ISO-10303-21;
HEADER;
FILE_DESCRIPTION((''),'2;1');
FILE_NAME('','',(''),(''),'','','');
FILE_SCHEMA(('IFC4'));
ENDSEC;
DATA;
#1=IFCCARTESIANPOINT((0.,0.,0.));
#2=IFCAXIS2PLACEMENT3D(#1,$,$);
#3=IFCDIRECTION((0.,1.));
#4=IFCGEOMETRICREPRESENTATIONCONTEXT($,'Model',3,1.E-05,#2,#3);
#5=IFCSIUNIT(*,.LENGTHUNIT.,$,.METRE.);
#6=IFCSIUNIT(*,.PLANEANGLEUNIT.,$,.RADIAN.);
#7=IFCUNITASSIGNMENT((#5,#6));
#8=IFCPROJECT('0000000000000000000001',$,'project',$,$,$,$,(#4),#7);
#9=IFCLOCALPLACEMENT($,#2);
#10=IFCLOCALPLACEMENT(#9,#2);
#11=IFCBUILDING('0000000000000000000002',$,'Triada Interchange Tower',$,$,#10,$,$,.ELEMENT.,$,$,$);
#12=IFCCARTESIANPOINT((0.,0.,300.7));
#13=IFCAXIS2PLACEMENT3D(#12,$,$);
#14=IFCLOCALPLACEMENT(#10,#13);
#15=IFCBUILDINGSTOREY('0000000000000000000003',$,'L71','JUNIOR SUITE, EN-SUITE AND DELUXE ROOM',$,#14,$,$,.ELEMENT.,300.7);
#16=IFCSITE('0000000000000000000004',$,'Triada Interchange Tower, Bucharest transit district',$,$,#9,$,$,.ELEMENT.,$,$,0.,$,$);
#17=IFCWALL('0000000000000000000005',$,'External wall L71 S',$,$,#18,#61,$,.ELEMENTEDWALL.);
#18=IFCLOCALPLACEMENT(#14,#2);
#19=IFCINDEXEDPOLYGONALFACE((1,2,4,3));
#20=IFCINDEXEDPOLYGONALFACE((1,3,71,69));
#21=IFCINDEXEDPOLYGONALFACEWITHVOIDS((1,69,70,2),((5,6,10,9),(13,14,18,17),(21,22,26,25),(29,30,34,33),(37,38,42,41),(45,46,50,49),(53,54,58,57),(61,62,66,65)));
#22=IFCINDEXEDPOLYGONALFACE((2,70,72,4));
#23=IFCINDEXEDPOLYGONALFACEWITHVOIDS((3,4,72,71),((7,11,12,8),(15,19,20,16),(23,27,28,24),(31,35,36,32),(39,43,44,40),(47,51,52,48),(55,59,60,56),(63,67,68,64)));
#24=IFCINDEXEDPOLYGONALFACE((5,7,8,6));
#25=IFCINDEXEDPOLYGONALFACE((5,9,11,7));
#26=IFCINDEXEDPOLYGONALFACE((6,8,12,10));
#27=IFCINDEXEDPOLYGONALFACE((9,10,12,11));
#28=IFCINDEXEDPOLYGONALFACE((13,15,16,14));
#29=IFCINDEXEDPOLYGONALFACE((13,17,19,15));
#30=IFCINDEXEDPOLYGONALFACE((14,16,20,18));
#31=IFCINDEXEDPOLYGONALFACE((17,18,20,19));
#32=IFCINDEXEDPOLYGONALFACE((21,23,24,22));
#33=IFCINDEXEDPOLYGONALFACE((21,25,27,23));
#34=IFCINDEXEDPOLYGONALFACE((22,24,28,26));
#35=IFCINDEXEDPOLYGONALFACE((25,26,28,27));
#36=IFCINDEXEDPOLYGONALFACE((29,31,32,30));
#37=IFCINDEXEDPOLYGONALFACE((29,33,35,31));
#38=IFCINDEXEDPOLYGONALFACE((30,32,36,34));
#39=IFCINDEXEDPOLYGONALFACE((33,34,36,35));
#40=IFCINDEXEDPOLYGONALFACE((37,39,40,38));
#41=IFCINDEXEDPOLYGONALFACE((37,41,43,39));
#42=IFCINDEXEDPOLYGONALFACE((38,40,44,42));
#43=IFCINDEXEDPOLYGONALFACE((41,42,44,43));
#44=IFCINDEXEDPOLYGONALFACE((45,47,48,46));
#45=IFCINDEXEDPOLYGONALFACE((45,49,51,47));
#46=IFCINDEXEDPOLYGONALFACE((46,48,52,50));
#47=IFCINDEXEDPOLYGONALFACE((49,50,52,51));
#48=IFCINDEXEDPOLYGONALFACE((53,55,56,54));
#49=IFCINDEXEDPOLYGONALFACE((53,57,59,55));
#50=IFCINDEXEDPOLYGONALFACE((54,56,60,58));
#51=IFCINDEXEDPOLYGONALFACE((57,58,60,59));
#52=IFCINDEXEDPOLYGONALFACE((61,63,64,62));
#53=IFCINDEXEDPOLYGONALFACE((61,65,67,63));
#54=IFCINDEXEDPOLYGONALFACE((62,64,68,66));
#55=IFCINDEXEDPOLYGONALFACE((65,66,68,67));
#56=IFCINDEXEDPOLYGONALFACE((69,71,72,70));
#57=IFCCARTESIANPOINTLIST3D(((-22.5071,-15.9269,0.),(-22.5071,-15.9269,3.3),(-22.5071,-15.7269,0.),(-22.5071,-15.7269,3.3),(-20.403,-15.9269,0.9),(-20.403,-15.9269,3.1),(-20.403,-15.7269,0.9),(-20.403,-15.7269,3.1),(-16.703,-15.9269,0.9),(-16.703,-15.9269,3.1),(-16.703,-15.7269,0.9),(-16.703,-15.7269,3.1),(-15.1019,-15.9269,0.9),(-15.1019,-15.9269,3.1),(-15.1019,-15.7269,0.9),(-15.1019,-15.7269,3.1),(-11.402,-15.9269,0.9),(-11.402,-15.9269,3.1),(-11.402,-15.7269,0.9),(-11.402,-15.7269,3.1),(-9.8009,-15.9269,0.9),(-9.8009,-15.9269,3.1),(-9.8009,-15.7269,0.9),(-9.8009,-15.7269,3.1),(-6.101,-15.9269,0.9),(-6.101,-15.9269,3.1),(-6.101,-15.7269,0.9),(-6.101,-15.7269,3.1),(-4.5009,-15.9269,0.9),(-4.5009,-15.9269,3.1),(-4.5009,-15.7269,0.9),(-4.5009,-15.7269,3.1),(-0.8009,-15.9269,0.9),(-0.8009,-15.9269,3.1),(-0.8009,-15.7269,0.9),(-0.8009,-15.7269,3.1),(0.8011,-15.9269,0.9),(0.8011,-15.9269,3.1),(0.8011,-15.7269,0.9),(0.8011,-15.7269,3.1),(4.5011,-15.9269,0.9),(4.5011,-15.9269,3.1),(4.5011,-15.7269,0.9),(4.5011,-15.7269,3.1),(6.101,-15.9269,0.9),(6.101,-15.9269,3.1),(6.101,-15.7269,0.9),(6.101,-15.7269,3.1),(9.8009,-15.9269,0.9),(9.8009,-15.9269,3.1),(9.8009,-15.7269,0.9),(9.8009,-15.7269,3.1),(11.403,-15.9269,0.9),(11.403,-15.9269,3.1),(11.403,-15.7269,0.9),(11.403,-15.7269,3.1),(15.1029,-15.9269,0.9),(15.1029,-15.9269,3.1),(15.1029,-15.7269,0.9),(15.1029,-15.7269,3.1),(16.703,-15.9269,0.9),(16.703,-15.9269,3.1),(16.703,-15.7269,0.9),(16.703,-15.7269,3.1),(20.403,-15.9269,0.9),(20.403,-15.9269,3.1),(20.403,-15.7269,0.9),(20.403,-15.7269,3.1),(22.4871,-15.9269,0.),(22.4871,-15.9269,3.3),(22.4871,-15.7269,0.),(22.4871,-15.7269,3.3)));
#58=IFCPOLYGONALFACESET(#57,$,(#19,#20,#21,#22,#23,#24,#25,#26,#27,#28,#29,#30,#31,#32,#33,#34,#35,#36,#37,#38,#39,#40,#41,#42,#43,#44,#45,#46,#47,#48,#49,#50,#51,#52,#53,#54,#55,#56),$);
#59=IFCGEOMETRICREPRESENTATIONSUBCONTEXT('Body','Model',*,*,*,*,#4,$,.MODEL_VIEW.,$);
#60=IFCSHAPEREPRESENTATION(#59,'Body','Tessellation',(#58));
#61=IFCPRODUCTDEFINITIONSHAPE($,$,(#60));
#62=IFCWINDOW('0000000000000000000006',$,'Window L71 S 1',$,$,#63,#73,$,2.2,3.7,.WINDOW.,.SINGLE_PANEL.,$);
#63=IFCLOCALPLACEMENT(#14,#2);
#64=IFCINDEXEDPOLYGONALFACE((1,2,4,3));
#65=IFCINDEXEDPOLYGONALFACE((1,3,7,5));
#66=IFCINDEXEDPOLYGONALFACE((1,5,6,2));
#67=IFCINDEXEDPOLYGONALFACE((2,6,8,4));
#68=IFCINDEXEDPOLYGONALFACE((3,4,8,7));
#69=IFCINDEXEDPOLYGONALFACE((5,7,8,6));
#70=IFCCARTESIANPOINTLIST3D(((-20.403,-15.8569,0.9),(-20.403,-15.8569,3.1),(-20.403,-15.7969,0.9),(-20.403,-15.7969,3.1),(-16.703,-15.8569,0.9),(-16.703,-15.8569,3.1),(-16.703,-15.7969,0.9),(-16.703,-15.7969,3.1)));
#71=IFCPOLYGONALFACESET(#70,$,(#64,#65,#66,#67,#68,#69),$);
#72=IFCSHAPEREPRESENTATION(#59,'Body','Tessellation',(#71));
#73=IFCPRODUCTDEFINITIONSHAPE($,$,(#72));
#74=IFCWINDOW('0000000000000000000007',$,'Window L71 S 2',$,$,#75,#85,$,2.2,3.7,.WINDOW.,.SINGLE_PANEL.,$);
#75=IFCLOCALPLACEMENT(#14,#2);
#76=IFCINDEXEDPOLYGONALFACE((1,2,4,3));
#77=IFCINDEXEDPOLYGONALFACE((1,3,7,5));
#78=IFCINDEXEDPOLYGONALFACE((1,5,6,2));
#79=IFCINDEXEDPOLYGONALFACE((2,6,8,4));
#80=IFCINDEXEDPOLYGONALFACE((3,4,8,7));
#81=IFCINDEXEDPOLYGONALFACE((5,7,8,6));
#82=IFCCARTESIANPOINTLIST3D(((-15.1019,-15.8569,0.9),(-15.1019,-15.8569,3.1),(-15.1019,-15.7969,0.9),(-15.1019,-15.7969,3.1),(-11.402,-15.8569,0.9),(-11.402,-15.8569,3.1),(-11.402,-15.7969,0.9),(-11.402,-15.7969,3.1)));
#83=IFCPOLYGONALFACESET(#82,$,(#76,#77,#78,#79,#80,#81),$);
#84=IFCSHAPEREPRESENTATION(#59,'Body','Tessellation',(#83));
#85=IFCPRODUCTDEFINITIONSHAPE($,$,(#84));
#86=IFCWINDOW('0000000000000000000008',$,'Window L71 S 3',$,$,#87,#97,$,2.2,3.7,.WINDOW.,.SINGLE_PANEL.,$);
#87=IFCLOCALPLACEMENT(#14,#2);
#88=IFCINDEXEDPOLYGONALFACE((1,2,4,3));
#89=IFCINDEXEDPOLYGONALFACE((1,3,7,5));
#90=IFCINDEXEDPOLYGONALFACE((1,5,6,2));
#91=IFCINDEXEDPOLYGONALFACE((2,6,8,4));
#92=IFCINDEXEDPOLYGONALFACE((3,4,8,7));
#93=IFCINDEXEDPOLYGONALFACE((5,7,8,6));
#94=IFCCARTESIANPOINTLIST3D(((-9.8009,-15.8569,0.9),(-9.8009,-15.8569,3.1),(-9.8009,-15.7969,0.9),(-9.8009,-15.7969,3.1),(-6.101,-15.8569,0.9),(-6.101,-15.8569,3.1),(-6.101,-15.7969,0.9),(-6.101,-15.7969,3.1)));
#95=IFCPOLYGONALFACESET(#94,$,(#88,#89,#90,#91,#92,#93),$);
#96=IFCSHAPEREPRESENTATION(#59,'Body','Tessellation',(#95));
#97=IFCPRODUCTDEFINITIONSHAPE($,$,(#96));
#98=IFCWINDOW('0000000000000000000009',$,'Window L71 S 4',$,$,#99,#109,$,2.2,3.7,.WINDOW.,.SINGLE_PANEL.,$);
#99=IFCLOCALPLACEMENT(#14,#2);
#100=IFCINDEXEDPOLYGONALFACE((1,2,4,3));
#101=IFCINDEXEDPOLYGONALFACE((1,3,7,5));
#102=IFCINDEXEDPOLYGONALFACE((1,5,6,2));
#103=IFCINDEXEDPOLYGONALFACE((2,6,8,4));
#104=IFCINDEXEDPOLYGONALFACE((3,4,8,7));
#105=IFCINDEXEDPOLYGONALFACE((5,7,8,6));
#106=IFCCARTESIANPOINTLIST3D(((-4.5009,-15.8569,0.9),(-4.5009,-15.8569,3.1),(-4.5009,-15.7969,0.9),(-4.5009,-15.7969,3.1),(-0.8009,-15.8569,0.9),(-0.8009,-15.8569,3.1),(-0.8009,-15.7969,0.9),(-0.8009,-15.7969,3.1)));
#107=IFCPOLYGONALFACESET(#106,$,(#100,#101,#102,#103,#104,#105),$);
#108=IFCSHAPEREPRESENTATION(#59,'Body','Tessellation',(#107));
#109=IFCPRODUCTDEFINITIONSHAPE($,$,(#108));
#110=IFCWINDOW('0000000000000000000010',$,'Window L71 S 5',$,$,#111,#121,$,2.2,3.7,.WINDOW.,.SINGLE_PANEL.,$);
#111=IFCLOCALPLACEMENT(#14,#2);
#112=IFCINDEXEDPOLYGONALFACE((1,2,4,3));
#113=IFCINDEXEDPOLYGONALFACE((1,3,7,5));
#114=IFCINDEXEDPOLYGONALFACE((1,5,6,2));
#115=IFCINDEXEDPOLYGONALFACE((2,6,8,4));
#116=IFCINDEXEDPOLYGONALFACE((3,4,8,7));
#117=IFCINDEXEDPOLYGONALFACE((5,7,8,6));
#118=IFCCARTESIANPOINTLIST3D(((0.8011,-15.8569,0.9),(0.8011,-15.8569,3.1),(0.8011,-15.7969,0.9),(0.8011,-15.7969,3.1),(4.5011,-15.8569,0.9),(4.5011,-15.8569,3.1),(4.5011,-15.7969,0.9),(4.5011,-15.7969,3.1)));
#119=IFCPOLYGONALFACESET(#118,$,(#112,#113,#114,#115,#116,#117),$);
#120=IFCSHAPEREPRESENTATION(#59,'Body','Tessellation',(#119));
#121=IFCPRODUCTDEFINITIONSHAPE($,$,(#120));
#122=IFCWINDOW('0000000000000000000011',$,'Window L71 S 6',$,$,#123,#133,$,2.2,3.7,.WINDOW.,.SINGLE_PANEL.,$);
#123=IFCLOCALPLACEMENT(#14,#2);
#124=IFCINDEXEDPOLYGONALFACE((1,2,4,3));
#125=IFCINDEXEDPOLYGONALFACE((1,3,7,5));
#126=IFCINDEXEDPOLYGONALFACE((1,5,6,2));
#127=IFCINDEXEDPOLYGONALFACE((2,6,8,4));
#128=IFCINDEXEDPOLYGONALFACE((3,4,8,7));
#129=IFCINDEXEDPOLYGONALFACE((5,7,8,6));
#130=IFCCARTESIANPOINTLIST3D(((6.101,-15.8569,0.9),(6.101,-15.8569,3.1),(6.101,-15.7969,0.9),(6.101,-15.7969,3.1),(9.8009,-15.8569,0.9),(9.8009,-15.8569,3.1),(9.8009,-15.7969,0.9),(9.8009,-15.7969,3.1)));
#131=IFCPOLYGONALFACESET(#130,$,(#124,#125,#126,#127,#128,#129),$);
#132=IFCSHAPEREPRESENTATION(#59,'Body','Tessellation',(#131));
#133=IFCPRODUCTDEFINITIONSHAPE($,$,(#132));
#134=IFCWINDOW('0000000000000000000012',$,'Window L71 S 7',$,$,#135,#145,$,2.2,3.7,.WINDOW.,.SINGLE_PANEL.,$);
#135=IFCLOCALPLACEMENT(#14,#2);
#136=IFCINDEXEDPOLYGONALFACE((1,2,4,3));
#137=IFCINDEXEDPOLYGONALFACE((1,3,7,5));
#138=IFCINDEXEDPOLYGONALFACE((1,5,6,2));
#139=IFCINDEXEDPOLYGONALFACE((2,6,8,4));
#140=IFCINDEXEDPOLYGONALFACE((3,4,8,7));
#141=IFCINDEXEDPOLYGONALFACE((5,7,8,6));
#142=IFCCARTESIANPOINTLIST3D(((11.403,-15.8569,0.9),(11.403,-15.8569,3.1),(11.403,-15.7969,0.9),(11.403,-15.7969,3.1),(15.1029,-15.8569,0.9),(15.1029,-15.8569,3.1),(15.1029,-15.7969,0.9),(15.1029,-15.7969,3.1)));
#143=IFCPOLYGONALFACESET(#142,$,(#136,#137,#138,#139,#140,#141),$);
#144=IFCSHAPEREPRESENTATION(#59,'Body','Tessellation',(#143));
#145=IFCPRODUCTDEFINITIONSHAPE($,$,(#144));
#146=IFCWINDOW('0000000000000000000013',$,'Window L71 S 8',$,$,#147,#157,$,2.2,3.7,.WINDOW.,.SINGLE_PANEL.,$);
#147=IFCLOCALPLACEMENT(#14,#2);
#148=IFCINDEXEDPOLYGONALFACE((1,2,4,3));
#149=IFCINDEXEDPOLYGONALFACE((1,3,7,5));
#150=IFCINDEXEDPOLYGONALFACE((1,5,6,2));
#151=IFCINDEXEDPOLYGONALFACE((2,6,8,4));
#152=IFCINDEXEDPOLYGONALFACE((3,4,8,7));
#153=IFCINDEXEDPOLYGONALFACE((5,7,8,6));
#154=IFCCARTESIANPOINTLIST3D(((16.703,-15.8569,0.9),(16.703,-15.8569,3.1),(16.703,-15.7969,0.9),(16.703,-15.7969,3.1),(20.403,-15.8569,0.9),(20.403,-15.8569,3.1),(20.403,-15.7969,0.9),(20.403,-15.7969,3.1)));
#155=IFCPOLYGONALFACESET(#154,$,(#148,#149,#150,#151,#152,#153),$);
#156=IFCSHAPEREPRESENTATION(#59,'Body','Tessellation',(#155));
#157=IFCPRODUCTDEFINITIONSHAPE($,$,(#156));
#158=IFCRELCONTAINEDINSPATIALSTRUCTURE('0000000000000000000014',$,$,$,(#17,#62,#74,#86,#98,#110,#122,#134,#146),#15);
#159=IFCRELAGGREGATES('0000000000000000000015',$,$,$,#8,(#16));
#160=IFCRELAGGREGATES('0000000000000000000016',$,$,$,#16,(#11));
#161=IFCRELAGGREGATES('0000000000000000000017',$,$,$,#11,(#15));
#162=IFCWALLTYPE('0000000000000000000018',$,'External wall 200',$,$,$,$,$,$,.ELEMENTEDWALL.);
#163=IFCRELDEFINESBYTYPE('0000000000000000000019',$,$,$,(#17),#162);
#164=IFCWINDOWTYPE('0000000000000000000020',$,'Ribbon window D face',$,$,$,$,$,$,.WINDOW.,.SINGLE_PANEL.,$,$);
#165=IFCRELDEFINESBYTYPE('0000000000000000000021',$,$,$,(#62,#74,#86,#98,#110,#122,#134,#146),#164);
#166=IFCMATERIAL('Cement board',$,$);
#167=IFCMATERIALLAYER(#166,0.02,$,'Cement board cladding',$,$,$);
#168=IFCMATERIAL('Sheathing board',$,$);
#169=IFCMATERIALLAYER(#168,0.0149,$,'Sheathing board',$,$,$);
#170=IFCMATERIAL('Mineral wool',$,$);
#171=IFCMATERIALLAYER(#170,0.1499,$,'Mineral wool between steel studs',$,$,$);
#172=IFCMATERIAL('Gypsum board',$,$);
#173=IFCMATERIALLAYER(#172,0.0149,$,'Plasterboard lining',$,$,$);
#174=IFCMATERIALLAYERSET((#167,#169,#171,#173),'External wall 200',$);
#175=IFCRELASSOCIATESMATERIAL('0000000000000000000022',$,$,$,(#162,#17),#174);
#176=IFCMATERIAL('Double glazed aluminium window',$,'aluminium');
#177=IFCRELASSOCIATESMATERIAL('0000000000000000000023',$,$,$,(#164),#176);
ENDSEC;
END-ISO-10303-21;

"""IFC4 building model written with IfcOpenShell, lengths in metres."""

from ifc_helpers import new_model, si_unit, direction, frame, frame_2d, origin, place, context, subcontext, project, spatial, rectangle, extrude, material, layer, layer_set, layer_usage, type_object, element, fill, save


model = new_model("IFC4")

# Units and contexts
model_context = context("Model", 3, precision=1e-05, world=origin(), true_north=direction((0.0, 1.0)))
body_context = subcontext(model_context, "Body", "Model", "MODEL_VIEW")
ifc_project = project(units=[si_unit("LENGTHUNIT", "METRE"), si_unit("PLANEANGLEUNIT", "RADIAN")], contexts=[model_context])

# Site, building, storey
site_placement = place(None, origin())
site = spatial("IfcSite", under=ifc_project, at=site_placement, Name="Triada Interchange Tower, Bucharest transit district", CompositionType="ELEMENT", RefElevation=0.0)
building_placement = place(site_placement, origin())
building = spatial("IfcBuilding", under=site, at=building_placement, Name="Triada Interchange Tower", CompositionType="ELEMENT")
storey_placement = place(building_placement, frame((0.0, 0.0, 300.7)))
storey = spatial("IfcBuildingStorey", under=building, at=storey_placement, Name="L71", Description="JUNIOR SUITE, EN-SUITE AND DELUXE ROOM", CompositionType="ELEMENT", Elevation=300.7)

# Shared definitions
ifc_material_1 = material(Name="Cement board")
ifc_layer_1 = layer(ifc_material_1, 0.02, Name="Cement board cladding")
ifc_material_2 = material(Name="Sheathing board")
ifc_layer_2 = layer(ifc_material_2, 0.0149, Name="Sheathing board")
ifc_material_3 = material(Name="Mineral wool")
ifc_layer_3 = layer(ifc_material_3, 0.1499, Name="Mineral wool between steel studs")
ifc_material_4 = material(Name="Gypsum board")
ifc_layer_4 = layer(ifc_material_4, 0.0149, Name="Plasterboard lining")
ifc_layer_set_1 = layer_set([ifc_layer_1, ifc_layer_2, ifc_layer_3, ifc_layer_4], Name="External wall 200")
ifc_layer_usage = layer_usage(ifc_layer_set_1, "AXIS2", "POSITIVE", -0.1001)
wall_type = type_object("IfcWallType", Name="External wall 200", PredefinedType="ELEMENTEDWALL", material=ifc_layer_set_1)
ifc_material_5 = material(Name="Double glazed aluminium window", Category="aluminium")

# Wall, openings, windows
wall_1_placement = place(storey_placement, frame((-22.5071, -15.8269, 0.0), z_axis=(0.0, 0.0, 1.0), x_axis=(1.0, 0.0, 0.0)))
wall_1 = element("IfcWall", 1, at=wall_1_placement, inside=storey, type_object=wall_type, material=ifc_layer_usage, Name="External wall L71 S", PredefinedType="ELEMENTEDWALL", context=body_context, shape_type="SweptSolid", body=[
    extrude(rectangle(XDim=44.9941, YDim=0.2, at=frame_2d((22.4971, 0.0))), origin(), (0.0, 0.0, 1.0), 3.3),
])
opening_1_placement = place(wall_1_placement, frame((2.104, 0.0, 0.8999)))
opening_1 = element("IfcOpeningElement", 2, at=opening_1_placement, cuts=wall_1, PredefinedType="OPENING", context=body_context, shape_type="SweptSolid", body=[
    extrude(rectangle(XDim=3.7, YDim=2.2, at=frame_2d((1.8501, 1.1001))), frame((0.0, 0.1099, 0.0), z_axis=(0.0, -1.0, 0.0), x_axis=(1.0, 0.0, 0.0)), (0.0, 0.0, 1.0), 0.22),
])
opening_2_placement = place(wall_1_placement, frame((7.405, 0.0, 0.8999)))
opening_2 = element("IfcOpeningElement", 3, at=opening_2_placement, cuts=wall_1, PredefinedType="OPENING", context=body_context, shape_type="SweptSolid", body=[
    extrude(rectangle(XDim=3.7, YDim=2.2, at=frame_2d((1.8501, 1.1001))), frame((0.0, 0.1099, 0.0), z_axis=(0.0, -1.0, 0.0), x_axis=(1.0, 0.0, 0.0)), (0.0, 0.0, 1.0), 0.22),
])
opening_3_placement = place(wall_1_placement, frame((12.7061, 0.0, 0.8999)))
opening_3 = element("IfcOpeningElement", 4, at=opening_3_placement, cuts=wall_1, PredefinedType="OPENING", context=body_context, shape_type="SweptSolid", body=[
    extrude(rectangle(XDim=3.7, YDim=2.2, at=frame_2d((1.8501, 1.1001))), frame((0.0, 0.1099, 0.0), z_axis=(0.0, -1.0, 0.0), x_axis=(1.0, 0.0, 0.0)), (0.0, 0.0, 1.0), 0.22),
])
opening_4_placement = place(wall_1_placement, frame((18.0061, 0.0, 0.8999)))
opening_4 = element("IfcOpeningElement", 5, at=opening_4_placement, cuts=wall_1, PredefinedType="OPENING", context=body_context, shape_type="SweptSolid", body=[
    extrude(rectangle(XDim=3.7, YDim=2.2, at=frame_2d((1.8501, 1.1001))), frame((0.0, 0.1099, 0.0), z_axis=(0.0, -1.0, 0.0), x_axis=(1.0, 0.0, 0.0)), (0.0, 0.0, 1.0), 0.22),
])
opening_5_placement = place(wall_1_placement, frame((23.3081, 0.0, 0.8999)))
opening_5 = element("IfcOpeningElement", 6, at=opening_5_placement, cuts=wall_1, PredefinedType="OPENING", context=body_context, shape_type="SweptSolid", body=[
    extrude(rectangle(XDim=3.7, YDim=2.2, at=frame_2d((1.8501, 1.1001))), frame((0.0, 0.1099, 0.0), z_axis=(0.0, -1.0, 0.0), x_axis=(1.0, 0.0, 0.0)), (0.0, 0.0, 1.0), 0.22),
])
opening_6_placement = place(wall_1_placement, frame((28.6079, 0.0, 0.8999)))
opening_6 = element("IfcOpeningElement", 7, at=opening_6_placement, cuts=wall_1, PredefinedType="OPENING", context=body_context, shape_type="SweptSolid", body=[
    extrude(rectangle(XDim=3.7, YDim=2.2, at=frame_2d((1.8501, 1.1001))), frame((0.0, 0.1099, 0.0), z_axis=(0.0, -1.0, 0.0), x_axis=(1.0, 0.0, 0.0)), (0.0, 0.0, 1.0), 0.22),
])
opening_7_placement = place(wall_1_placement, frame((33.9099, 0.0, 0.8999)))
opening_7 = element("IfcOpeningElement", 8, at=opening_7_placement, cuts=wall_1, PredefinedType="OPENING", context=body_context, shape_type="SweptSolid", body=[
    extrude(rectangle(XDim=3.7, YDim=2.2, at=frame_2d((1.8501, 1.1001))), frame((0.0, 0.1099, 0.0), z_axis=(0.0, -1.0, 0.0), x_axis=(1.0, 0.0, 0.0)), (0.0, 0.0, 1.0), 0.22),
])
opening_8_placement = place(wall_1_placement, frame((39.21, 0.0, 0.8999)))
opening_8 = element("IfcOpeningElement", 9, at=opening_8_placement, cuts=wall_1, PredefinedType="OPENING", context=body_context, shape_type="SweptSolid", body=[
    extrude(rectangle(XDim=3.7, YDim=2.2, at=frame_2d((1.8501, 1.1001))), frame((0.0, 0.1099, 0.0), z_axis=(0.0, -1.0, 0.0), x_axis=(1.0, 0.0, 0.0)), (0.0, 0.0, 1.0), 0.22),
])
window_type_1 = type_object("IfcWindowType", Name="Ribbon window D face", PartitioningType="SINGLE_PANEL", PredefinedType="WINDOW", material=ifc_material_5)
window_1_placement = place(opening_1_placement, origin())
window_1 = element("IfcWindow", 10, at=window_1_placement, inside=storey, type_object=window_type_1, Name="Window L71 S 1", OverallHeight=2.2, OverallWidth=3.7, PartitioningType="SINGLE_PANEL", PredefinedType="WINDOW", context=body_context, shape_type="SweptSolid", body=[
    extrude(rectangle(XDim=3.7, YDim=2.2, at=frame_2d((1.8501, 1.1001))), frame((0.0, 0.03, 0.0), z_axis=(0.0, -1.0, 0.0), x_axis=(1.0, 0.0, 0.0)), (0.0, 0.0, 1.0), 0.0601),
])
fill(opening_1, window_1)
window_2_placement = place(opening_2_placement, origin())
window_2 = element("IfcWindow", 11, at=window_2_placement, inside=storey, type_object=window_type_1, Name="Window L71 S 2", OverallHeight=2.2, OverallWidth=3.7, PartitioningType="SINGLE_PANEL", PredefinedType="WINDOW", context=body_context, shape_type="SweptSolid", body=[
    extrude(rectangle(XDim=3.7, YDim=2.2, at=frame_2d((1.8501, 1.1001))), frame((0.0, 0.03, 0.0), z_axis=(0.0, -1.0, 0.0), x_axis=(1.0, 0.0, 0.0)), (0.0, 0.0, 1.0), 0.0601),
])
fill(opening_2, window_2)
window_3_placement = place(opening_3_placement, origin())
window_3 = element("IfcWindow", 12, at=window_3_placement, inside=storey, type_object=window_type_1, Name="Window L71 S 3", OverallHeight=2.2, OverallWidth=3.7, PartitioningType="SINGLE_PANEL", PredefinedType="WINDOW", context=body_context, shape_type="SweptSolid", body=[
    extrude(rectangle(XDim=3.7, YDim=2.2, at=frame_2d((1.8501, 1.1001))), frame((0.0, 0.03, 0.0), z_axis=(0.0, -1.0, 0.0), x_axis=(1.0, 0.0, 0.0)), (0.0, 0.0, 1.0), 0.0601),
])
fill(opening_3, window_3)
window_4_placement = place(opening_4_placement, origin())
window_4 = element("IfcWindow", 13, at=window_4_placement, inside=storey, type_object=window_type_1, Name="Window L71 S 4", OverallHeight=2.2, OverallWidth=3.7, PartitioningType="SINGLE_PANEL", PredefinedType="WINDOW", context=body_context, shape_type="SweptSolid", body=[
    extrude(rectangle(XDim=3.7, YDim=2.2, at=frame_2d((1.8501, 1.1001))), frame((0.0, 0.03, 0.0), z_axis=(0.0, -1.0, 0.0), x_axis=(1.0, 0.0, 0.0)), (0.0, 0.0, 1.0), 0.0601),
])
fill(opening_4, window_4)
window_5_placement = place(opening_5_placement, origin())
window_5 = element("IfcWindow", 14, at=window_5_placement, inside=storey, type_object=window_type_1, Name="Window L71 S 5", OverallHeight=2.2, OverallWidth=3.7, PartitioningType="SINGLE_PANEL", PredefinedType="WINDOW", context=body_context, shape_type="SweptSolid", body=[
    extrude(rectangle(XDim=3.7, YDim=2.2, at=frame_2d((1.8501, 1.1001))), frame((0.0, 0.03, 0.0), z_axis=(0.0, -1.0, 0.0), x_axis=(1.0, 0.0, 0.0)), (0.0, 0.0, 1.0), 0.0601),
])
fill(opening_5, window_5)
window_6_placement = place(opening_6_placement, origin())
window_6 = element("IfcWindow", 15, at=window_6_placement, inside=storey, type_object=window_type_1, Name="Window L71 S 6", OverallHeight=2.2, OverallWidth=3.7, PartitioningType="SINGLE_PANEL", PredefinedType="WINDOW", context=body_context, shape_type="SweptSolid", body=[
    extrude(rectangle(XDim=3.7, YDim=2.2, at=frame_2d((1.8501, 1.1001))), frame((0.0, 0.03, 0.0), z_axis=(0.0, -1.0, 0.0), x_axis=(1.0, 0.0, 0.0)), (0.0, 0.0, 1.0), 0.0601),
])
fill(opening_6, window_6)
window_7_placement = place(opening_7_placement, origin())
window_7 = element("IfcWindow", 16, at=window_7_placement, inside=storey, type_object=window_type_1, Name="Window L71 S 7", OverallHeight=2.2, OverallWidth=3.7, PartitioningType="SINGLE_PANEL", PredefinedType="WINDOW", context=body_context, shape_type="SweptSolid", body=[
    extrude(rectangle(XDim=3.7, YDim=2.2, at=frame_2d((1.8501, 1.1001))), frame((0.0, 0.03, 0.0), z_axis=(0.0, -1.0, 0.0), x_axis=(1.0, 0.0, 0.0)), (0.0, 0.0, 1.0), 0.0601),
])
fill(opening_7, window_7)
window_8_placement = place(opening_8_placement, origin())
window_8 = element("IfcWindow", 17, at=window_8_placement, inside=storey, type_object=window_type_1, Name="Window L71 S 8", OverallHeight=2.2, OverallWidth=3.7, PartitioningType="SINGLE_PANEL", PredefinedType="WINDOW", context=body_context, shape_type="SweptSolid", body=[
    extrude(rectangle(XDim=3.7, YDim=2.2, at=frame_2d((1.8501, 1.1001))), frame((0.0, 0.03, 0.0), z_axis=(0.0, -1.0, 0.0), x_axis=(1.0, 0.0, 0.0)), (0.0, 0.0, 1.0), 0.0601),
])
fill(opening_8, window_8)

save(model, "model.ifc")
